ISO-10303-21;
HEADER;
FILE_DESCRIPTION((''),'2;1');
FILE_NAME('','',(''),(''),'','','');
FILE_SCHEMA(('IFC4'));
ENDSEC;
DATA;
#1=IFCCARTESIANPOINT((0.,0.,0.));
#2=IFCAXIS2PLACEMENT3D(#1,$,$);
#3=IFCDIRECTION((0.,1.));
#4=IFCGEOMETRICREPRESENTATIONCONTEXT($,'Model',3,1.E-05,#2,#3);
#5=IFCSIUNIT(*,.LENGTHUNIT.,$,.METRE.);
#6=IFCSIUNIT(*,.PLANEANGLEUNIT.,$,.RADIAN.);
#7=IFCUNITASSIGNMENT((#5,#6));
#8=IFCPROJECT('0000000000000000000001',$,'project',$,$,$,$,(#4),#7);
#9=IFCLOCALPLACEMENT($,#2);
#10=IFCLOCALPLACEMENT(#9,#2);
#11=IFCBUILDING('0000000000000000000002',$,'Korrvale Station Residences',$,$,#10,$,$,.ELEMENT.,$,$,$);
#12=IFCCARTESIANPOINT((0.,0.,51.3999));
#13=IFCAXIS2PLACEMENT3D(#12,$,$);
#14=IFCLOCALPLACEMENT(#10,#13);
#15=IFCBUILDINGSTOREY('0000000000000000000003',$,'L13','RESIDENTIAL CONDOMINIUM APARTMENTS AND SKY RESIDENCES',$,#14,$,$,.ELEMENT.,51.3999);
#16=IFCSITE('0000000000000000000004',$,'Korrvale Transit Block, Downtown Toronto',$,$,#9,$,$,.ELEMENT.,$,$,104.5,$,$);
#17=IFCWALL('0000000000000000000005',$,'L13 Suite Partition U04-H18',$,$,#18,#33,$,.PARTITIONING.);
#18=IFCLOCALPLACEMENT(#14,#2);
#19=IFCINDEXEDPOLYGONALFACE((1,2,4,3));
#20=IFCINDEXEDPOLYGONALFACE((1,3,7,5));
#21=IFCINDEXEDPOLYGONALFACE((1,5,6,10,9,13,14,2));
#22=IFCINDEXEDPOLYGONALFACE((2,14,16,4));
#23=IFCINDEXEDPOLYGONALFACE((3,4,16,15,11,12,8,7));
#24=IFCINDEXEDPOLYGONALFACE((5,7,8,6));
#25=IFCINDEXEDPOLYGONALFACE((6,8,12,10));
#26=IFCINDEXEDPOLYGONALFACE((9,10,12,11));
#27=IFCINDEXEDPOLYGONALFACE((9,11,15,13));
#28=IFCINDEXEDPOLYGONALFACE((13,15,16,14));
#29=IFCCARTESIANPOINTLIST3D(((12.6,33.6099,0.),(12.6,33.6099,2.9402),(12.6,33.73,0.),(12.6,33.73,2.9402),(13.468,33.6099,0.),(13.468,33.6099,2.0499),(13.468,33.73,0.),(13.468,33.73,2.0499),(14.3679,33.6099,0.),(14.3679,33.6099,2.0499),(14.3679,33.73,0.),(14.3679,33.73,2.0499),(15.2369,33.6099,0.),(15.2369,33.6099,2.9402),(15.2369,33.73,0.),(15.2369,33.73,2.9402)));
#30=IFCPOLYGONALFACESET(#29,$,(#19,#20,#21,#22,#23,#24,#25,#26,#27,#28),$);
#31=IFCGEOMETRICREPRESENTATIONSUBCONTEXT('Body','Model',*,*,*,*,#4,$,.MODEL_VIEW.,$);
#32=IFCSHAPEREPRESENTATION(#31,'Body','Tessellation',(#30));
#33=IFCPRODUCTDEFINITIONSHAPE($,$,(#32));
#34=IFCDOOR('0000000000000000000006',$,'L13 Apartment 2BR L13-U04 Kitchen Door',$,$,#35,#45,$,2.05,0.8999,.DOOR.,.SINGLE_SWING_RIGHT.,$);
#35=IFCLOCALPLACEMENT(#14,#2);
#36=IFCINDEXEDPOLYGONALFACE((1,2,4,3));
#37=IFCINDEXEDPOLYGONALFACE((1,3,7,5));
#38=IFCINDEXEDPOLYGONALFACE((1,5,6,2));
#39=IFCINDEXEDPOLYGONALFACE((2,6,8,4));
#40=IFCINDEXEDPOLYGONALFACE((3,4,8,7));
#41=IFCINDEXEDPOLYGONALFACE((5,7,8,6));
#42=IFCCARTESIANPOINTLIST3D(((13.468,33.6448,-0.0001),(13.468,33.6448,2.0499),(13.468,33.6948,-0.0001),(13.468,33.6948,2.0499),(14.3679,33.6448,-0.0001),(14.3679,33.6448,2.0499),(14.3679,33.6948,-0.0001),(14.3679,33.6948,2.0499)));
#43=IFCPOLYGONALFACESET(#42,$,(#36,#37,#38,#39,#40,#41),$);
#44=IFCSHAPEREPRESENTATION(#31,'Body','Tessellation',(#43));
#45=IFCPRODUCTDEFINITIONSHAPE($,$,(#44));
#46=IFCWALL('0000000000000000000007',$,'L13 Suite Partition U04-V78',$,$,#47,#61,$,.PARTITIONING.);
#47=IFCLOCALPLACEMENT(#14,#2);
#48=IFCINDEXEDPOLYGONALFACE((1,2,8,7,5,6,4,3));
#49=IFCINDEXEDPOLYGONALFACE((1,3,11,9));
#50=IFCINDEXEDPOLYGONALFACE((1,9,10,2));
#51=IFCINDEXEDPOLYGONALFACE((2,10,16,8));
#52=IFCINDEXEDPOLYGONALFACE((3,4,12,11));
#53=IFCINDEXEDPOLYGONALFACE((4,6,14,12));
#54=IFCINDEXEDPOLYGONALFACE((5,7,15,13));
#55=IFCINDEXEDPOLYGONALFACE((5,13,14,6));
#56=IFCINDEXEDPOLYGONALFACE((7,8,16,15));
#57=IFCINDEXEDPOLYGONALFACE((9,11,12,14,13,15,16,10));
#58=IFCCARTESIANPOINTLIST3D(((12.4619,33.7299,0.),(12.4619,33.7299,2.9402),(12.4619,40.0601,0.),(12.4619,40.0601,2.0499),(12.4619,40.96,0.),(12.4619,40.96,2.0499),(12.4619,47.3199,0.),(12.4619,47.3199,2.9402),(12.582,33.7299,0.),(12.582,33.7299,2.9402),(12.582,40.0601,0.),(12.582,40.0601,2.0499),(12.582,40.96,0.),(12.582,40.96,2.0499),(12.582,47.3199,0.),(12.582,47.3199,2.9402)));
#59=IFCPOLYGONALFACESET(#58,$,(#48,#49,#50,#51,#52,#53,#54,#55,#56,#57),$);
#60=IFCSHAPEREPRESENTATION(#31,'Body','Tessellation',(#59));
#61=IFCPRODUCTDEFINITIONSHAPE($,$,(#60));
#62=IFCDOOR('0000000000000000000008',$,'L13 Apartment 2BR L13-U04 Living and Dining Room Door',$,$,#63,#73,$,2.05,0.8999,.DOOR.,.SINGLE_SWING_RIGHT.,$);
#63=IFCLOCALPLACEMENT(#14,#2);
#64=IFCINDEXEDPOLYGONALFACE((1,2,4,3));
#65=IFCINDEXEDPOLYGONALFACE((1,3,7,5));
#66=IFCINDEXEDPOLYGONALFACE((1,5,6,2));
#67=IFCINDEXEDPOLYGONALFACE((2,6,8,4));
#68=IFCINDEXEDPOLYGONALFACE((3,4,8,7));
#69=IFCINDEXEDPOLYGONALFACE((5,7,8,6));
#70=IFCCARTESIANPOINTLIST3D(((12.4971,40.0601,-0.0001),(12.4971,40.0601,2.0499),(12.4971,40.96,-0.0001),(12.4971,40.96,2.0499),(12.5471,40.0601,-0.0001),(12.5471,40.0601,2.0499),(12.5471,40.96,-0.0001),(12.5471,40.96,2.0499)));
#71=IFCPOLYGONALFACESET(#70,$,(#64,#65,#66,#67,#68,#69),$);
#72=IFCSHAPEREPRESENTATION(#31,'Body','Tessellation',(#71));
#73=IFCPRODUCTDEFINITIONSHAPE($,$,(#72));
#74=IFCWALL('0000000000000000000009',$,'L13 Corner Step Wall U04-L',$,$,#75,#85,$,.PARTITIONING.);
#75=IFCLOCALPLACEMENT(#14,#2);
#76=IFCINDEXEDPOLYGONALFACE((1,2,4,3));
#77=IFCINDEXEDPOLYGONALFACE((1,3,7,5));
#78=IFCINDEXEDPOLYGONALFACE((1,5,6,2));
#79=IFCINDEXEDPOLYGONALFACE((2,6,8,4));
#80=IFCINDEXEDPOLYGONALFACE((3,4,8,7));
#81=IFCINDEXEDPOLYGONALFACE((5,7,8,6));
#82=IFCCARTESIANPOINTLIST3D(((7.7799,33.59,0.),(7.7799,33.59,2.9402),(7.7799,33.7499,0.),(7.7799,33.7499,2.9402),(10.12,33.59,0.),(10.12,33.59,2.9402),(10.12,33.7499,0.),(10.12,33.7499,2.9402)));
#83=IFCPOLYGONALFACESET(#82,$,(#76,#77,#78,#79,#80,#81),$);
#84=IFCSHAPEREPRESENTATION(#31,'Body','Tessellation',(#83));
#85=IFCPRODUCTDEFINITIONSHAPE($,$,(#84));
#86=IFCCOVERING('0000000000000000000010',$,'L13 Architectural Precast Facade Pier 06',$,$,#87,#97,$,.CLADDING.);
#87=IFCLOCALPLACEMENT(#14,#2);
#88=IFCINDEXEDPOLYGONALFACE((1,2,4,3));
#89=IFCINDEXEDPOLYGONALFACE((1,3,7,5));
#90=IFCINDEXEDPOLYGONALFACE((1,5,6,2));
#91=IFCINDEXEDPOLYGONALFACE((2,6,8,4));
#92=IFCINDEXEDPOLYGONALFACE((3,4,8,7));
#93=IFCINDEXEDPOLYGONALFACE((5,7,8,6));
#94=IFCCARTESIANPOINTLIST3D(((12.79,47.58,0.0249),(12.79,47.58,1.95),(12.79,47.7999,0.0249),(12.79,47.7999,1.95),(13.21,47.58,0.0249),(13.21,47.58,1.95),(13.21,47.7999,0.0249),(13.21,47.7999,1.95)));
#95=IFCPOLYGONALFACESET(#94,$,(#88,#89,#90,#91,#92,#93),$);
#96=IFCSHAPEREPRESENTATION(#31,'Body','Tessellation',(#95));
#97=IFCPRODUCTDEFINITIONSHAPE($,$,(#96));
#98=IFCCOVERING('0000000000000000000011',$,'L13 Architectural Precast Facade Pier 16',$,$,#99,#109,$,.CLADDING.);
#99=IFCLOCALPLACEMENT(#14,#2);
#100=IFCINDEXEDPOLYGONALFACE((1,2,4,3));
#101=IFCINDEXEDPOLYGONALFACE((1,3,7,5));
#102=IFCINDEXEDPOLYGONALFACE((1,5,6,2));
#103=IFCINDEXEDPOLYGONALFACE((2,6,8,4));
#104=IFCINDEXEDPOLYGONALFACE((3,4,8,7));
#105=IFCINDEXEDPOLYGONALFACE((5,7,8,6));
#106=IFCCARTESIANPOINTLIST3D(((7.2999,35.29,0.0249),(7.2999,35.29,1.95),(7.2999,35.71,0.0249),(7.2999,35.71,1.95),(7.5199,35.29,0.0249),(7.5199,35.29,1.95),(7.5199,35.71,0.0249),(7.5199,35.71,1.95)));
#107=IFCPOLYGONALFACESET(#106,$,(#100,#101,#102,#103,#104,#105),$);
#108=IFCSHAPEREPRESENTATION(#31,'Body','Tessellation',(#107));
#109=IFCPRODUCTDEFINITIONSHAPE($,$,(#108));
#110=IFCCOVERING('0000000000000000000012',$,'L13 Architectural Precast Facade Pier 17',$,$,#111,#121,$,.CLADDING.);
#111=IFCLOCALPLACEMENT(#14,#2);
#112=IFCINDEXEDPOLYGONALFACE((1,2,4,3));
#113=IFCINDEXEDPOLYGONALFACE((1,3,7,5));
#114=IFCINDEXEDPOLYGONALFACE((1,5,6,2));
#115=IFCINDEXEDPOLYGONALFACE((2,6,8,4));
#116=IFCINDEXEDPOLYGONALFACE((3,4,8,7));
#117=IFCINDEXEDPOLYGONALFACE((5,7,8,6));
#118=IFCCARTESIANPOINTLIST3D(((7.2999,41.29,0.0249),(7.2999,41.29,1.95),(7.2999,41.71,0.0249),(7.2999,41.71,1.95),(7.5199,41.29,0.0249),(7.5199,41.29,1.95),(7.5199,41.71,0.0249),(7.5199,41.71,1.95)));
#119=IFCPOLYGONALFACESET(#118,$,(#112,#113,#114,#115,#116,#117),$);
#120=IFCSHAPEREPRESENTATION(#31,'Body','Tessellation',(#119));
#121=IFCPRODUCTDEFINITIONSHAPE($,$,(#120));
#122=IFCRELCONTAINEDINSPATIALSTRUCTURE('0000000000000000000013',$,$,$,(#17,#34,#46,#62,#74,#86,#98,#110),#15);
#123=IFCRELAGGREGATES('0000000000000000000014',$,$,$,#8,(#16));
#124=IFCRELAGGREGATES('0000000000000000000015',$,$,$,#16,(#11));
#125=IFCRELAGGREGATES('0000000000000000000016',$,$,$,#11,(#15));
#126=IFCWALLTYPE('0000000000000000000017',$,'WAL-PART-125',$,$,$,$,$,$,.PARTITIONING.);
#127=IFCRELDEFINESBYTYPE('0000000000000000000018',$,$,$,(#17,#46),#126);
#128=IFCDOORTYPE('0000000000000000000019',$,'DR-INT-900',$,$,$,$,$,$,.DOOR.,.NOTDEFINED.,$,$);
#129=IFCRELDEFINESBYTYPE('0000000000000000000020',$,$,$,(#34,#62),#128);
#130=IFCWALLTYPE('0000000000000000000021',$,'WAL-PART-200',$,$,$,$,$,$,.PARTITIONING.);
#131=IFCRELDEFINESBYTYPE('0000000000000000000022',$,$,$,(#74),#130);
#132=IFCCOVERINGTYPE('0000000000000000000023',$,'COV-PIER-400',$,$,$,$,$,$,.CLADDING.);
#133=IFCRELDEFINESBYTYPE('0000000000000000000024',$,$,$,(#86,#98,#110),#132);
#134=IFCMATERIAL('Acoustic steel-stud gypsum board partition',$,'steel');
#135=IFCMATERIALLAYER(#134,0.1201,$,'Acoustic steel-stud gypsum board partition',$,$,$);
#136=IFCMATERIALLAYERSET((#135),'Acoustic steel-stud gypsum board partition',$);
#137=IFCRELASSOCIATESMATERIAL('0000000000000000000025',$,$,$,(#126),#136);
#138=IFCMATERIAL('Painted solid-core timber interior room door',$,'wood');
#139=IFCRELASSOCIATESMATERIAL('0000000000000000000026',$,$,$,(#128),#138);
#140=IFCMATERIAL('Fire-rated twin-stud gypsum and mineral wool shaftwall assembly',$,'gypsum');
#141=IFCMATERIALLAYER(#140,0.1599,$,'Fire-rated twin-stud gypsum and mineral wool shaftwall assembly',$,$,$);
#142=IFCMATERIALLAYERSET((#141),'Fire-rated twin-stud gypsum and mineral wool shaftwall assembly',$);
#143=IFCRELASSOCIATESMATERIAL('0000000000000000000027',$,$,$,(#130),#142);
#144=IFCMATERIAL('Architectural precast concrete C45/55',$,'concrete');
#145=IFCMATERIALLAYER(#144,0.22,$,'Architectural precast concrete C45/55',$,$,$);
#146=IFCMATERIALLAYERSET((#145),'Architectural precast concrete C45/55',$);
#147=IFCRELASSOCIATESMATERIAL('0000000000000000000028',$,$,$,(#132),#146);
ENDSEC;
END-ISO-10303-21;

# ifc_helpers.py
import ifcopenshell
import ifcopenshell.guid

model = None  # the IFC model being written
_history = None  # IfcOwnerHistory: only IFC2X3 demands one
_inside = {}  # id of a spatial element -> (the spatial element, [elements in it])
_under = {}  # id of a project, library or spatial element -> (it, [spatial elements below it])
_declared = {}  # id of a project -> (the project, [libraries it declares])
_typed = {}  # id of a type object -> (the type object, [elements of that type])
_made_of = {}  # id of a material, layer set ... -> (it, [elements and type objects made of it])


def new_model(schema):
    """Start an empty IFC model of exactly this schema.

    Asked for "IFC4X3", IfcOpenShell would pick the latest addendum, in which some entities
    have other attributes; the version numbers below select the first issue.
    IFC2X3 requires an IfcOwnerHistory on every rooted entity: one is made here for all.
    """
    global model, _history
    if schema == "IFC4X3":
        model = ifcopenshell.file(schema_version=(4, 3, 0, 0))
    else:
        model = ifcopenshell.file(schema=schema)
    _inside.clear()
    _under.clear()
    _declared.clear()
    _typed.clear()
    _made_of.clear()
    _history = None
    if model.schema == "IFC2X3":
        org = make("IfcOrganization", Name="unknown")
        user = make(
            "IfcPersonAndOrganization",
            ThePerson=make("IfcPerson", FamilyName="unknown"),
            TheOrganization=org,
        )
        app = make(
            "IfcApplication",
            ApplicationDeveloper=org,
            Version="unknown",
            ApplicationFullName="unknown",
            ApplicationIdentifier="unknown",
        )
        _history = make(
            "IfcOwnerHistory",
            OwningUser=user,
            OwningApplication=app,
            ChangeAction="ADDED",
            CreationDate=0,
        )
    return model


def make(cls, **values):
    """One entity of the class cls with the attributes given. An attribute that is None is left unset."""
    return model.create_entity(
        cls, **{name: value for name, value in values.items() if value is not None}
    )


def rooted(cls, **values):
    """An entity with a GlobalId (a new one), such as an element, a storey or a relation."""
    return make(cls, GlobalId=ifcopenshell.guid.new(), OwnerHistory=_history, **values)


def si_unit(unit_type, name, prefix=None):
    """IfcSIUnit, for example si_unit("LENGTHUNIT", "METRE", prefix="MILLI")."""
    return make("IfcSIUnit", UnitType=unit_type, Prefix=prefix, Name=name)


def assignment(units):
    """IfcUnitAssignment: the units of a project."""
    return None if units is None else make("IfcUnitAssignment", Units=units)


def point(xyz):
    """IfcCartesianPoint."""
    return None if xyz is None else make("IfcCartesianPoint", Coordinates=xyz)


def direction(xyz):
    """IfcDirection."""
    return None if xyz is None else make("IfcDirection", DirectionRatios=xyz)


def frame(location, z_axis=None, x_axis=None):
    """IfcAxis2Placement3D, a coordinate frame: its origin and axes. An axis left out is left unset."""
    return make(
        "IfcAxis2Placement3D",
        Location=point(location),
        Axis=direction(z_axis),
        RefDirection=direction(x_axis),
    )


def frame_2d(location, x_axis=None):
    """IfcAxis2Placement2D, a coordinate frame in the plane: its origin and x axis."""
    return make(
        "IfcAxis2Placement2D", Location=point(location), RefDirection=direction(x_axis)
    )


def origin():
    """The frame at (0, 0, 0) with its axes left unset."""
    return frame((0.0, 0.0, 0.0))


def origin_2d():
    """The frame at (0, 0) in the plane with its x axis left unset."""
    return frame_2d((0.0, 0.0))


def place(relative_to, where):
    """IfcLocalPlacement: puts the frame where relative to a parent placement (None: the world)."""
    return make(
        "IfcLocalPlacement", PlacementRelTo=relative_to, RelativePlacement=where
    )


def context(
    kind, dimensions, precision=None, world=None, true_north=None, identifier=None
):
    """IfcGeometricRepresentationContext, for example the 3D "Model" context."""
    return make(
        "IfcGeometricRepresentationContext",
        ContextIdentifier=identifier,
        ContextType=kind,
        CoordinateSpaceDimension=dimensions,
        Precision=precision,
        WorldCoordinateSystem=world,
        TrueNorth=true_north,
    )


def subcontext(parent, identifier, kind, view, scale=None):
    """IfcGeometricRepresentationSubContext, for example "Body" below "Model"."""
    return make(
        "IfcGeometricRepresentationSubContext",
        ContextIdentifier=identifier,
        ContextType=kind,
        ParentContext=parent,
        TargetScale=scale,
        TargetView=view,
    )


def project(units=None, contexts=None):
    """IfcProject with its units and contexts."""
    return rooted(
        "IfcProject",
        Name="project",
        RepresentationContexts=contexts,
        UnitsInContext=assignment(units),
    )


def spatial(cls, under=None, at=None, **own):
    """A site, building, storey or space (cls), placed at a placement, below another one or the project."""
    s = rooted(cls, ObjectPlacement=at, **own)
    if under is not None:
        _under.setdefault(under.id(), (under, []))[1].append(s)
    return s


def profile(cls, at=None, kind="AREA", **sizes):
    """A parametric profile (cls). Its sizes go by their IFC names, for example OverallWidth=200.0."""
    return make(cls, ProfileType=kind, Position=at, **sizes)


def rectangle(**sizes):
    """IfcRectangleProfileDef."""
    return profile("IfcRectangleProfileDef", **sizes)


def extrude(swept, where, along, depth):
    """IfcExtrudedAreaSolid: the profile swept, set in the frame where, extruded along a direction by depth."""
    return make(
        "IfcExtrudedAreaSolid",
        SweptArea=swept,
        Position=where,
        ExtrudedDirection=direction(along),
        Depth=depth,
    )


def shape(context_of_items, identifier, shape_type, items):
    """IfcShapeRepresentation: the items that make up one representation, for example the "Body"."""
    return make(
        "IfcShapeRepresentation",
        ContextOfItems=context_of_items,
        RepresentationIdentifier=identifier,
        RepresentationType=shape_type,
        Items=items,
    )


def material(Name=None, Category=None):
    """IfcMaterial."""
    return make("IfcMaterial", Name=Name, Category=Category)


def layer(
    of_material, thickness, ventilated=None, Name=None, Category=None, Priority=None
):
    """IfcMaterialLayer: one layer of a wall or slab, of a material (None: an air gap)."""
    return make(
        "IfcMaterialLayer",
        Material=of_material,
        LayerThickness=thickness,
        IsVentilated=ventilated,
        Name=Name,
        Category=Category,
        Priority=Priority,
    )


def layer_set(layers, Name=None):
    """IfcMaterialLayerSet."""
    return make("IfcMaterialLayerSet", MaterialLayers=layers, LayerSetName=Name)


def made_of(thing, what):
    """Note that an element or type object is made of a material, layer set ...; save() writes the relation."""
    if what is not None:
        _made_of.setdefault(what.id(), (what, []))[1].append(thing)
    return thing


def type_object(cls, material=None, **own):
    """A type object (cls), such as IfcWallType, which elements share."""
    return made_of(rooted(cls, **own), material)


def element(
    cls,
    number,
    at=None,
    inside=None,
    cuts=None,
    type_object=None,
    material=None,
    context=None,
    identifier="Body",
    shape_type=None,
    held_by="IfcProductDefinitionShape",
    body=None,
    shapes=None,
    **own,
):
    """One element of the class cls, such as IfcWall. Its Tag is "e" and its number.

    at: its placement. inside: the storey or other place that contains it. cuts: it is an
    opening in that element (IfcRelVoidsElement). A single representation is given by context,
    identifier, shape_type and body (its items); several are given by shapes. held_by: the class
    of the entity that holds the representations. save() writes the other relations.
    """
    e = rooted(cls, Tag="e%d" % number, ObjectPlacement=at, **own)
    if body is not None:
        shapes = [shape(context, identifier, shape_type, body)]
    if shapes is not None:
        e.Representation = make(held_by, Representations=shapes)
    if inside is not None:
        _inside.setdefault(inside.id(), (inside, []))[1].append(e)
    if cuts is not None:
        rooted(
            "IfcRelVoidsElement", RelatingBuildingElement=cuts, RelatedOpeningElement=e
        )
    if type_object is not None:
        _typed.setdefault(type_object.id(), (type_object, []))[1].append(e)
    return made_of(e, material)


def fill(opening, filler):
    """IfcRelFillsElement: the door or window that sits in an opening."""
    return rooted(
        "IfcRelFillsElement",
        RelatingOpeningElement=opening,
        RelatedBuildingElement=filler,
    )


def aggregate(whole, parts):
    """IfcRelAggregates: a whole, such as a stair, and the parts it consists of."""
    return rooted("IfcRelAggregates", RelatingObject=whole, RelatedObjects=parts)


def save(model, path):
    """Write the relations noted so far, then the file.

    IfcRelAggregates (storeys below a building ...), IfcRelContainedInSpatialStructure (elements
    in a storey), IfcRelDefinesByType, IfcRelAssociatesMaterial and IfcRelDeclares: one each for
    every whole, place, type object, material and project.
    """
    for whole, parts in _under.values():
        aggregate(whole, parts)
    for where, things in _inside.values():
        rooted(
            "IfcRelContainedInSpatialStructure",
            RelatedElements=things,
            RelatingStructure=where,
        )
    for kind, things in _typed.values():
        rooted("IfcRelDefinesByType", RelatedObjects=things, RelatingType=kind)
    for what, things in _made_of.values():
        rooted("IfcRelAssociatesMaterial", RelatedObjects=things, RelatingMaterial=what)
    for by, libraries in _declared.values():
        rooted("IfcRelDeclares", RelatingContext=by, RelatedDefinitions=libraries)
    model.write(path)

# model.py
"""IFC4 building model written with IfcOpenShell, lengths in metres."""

from ifc_helpers import new_model, si_unit, direction, frame, frame_2d, origin, origin_2d, place, context, subcontext, project, spatial, rectangle, extrude, material, layer, layer_set, type_object, element, fill, save


model = new_model("IFC4")

# Units and contexts
model_context = context("Model", 3, precision=1e-05, world=origin(), true_north=direction((0.0, 1.0)))
body_context = subcontext(model_context, "Body", "Model", "MODEL_VIEW")
ifc_project = project(units=[si_unit("LENGTHUNIT", "METRE"), si_unit("PLANEANGLEUNIT", "RADIAN")], contexts=[model_context])

# Site, building, storey
site_placement = place(None, origin())
site = spatial("IfcSite", under=ifc_project, at=site_placement, Name="Korrvale Transit Block, Downtown Toronto", CompositionType="ELEMENT", RefElevation=104.5)
building_placement = place(site_placement, origin())
building = spatial("IfcBuilding", under=site, at=building_placement, Name="Korrvale Station Residences", CompositionType="ELEMENT")
storey_placement = place(building_placement, frame((0.0, 0.0, 51.3999)))
storey = spatial("IfcBuildingStorey", under=building, at=storey_placement, Name="L13", Description="RESIDENTIAL CONDOMINIUM APARTMENTS AND SKY RESIDENCES", CompositionType="ELEMENT", Elevation=51.3999)

# Shared definitions
ifc_material_1 = material(Name="Acoustic steel-stud gypsum board partition", Category="steel")
ifc_layer_1 = layer(ifc_material_1, 0.1201, Name="Acoustic steel-stud gypsum board partition")
ifc_layer_set_1 = layer_set([ifc_layer_1], Name="Acoustic steel-stud gypsum board partition")
wall_type_1 = type_object("IfcWallType", Name="WAL-PART-125", PredefinedType="PARTITIONING", material=ifc_layer_set_1)

# Walls, openings, doors
wall_1_placement = place(storey_placement, frame((12.6001, 33.6699, 0.0), z_axis=(0.0, 0.0, 1.0), x_axis=(1.0, 0.0, 0.0)))
wall_1 = element("IfcWall", 1, at=wall_1_placement, inside=storey, type_object=wall_type_1, Name="L13 Suite Partition U04-H18", PredefinedType="PARTITIONING", context=body_context, shape_type="SweptSolid", body=[
    extrude(rectangle(XDim=2.637, YDim=0.1201, at=frame_2d((1.3184, 0.0))), origin(), (0.0, 0.0, 1.0), 2.9402),
])
opening_1_placement = place(wall_1_placement, frame((0.8679, 0.0, 0.0)))
opening_1 = element("IfcOpeningElement", 2, at=opening_1_placement, cuts=wall_1, PredefinedType="OPENING", context=body_context, shape_type="SweptSolid", body=[
    extrude(rectangle(XDim=0.8999, YDim=2.05, at=frame_2d((0.45, 1.0249))), frame((0.0, 0.0701, 0.0), z_axis=(0.0, -1.0, 0.0), x_axis=(1.0, 0.0, 0.0)), (0.0, 0.0, 1.0), 0.1401),
])
ifc_material_2 = material(Name="Painted solid-core timber interior room door", Category="wood")
door_type = type_object("IfcDoorType", Name="DR-INT-900", OperationType="NOTDEFINED", PredefinedType="DOOR", material=ifc_material_2)
door_1_placement = place(opening_1_placement, origin())
door_1 = element("IfcDoor", 3, at=door_1_placement, inside=storey, type_object=door_type, Name="L13 Apartment 2BR L13-U04 Kitchen Door", OperationType="SINGLE_SWING_RIGHT", OverallHeight=2.05, OverallWidth=0.8999, PredefinedType="DOOR", context=body_context, shape_type="SweptSolid", body=[
    extrude(rectangle(XDim=0.8999, YDim=2.05, at=frame_2d((0.45, 1.0249))), frame((0.0, 0.0249, 0.0), z_axis=(0.0, -1.0, 0.0), x_axis=(1.0, 0.0, 0.0)), (0.0, 0.0, 1.0), 0.05),
])
fill(opening_1, door_1)
wall_2_placement = place(storey_placement, frame((12.522, 33.73, 0.0), z_axis=(0.0, 0.0, 1.0), x_axis=(0.0, 1.0, 0.0)))
wall_2 = element("IfcWall", 4, at=wall_2_placement, inside=storey, type_object=wall_type_1, Name="L13 Suite Partition U04-V78", PredefinedType="PARTITIONING", context=body_context, shape_type="SweptSolid", body=[
    extrude(rectangle(XDim=13.5901, YDim=0.1201, at=frame_2d((6.7949, 0.0))), origin(), (0.0, 0.0, 1.0), 2.9402),
])
opening_2_placement = place(wall_2_placement, frame((6.3301, 0.0, 0.0)))
opening_2 = element("IfcOpeningElement", 5, at=opening_2_placement, cuts=wall_2, PredefinedType="OPENING", context=body_context, shape_type="SweptSolid", body=[
    extrude(rectangle(XDim=0.8999, YDim=2.05, at=frame_2d((0.45, 1.0249))), frame((0.0, 0.0701, 0.0), z_axis=(0.0, -1.0, 0.0), x_axis=(1.0, 0.0, 0.0)), (0.0, 0.0, 1.0), 0.1401),
])
door_2_placement = place(opening_2_placement, origin())
door_2 = element("IfcDoor", 6, at=door_2_placement, inside=storey, type_object=door_type, Name="L13 Apartment 2BR L13-U04 Living and Dining Room Door", OperationType="SINGLE_SWING_RIGHT", OverallHeight=2.05, OverallWidth=0.8999, PredefinedType="DOOR", context=body_context, shape_type="SweptSolid", body=[
    extrude(rectangle(XDim=0.8999, YDim=2.05, at=frame_2d((0.45, 1.0249))), frame((0.0, 0.0249, 0.0), z_axis=(0.0, -1.0, 0.0), x_axis=(1.0, 0.0, 0.0)), (0.0, 0.0, 1.0), 0.05),
])
fill(opening_2, door_2)

# Wall
ifc_material_3 = material(Name="Fire-rated twin-stud gypsum and mineral wool shaftwall assembly", Category="gypsum")
ifc_layer_2 = layer(ifc_material_3, 0.1599, Name="Fire-rated twin-stud gypsum and mineral wool shaftwall assembly")
ifc_layer_set_2 = layer_set([ifc_layer_2], Name="Fire-rated twin-stud gypsum and mineral wool shaftwall assembly")
wall_type_2 = type_object("IfcWallType", Name="WAL-PART-200", PredefinedType="PARTITIONING", material=ifc_layer_set_2)
wall_3_placement = place(storey_placement, frame((7.78, 33.6699, 0.0), z_axis=(0.0, 0.0, 1.0), x_axis=(1.0, 0.0, 0.0)))
element("IfcWall", 7, at=wall_3_placement, inside=storey, type_object=wall_type_2, Name="L13 Corner Step Wall U04-L", PredefinedType="PARTITIONING", context=body_context, shape_type="SweptSolid", body=[
    extrude(rectangle(XDim=2.3401, YDim=0.1599, at=frame_2d((1.1699, 0.0))), origin(), (0.0, 0.0, 1.0), 2.9402),
])

# Coverings
ifc_material_4 = material(Name="Architectural precast concrete C45/55", Category="concrete")
ifc_layer_3 = layer(ifc_material_4, 0.22, Name="Architectural precast concrete C45/55")
ifc_layer_set_3 = layer_set([ifc_layer_3], Name="Architectural precast concrete C45/55")
covering_type = type_object("IfcCoveringType", Name="COV-PIER-400", PredefinedType="CLADDING", material=ifc_layer_set_3)
for number, where, z_axis, x_axis, name in (
    (8, (13.0, 47.6899, 0.0249), (0.0, 0.0, 1.0), (1.0, 0.0, 0.0), "L13 Architectural Precast Facade Pier 06"),
    (9, (7.4099, 35.5, 0.0249), (0.0, 0.0, 1.0), (0.0, 1.0, 0.0), "L13 Architectural Precast Facade Pier 16"),
    (10, (7.4099, 41.5, 0.0249), (0.0, 0.0, 1.0), (0.0, 1.0, 0.0), "L13 Architectural Precast Facade Pier 17"),
):
    element("IfcCovering", number, at=place(storey_placement, frame(where, z_axis=z_axis, x_axis=x_axis)), inside=storey, type_object=covering_type, Name=name, PredefinedType="CLADDING", context=body_context, shape_type="SweptSolid", body=[
        extrude(rectangle(XDim=0.4199, YDim=0.22, at=origin_2d()), origin(), (0.0, 0.0, 1.0), 1.925),
    ])

save(model, "model.ifc")
